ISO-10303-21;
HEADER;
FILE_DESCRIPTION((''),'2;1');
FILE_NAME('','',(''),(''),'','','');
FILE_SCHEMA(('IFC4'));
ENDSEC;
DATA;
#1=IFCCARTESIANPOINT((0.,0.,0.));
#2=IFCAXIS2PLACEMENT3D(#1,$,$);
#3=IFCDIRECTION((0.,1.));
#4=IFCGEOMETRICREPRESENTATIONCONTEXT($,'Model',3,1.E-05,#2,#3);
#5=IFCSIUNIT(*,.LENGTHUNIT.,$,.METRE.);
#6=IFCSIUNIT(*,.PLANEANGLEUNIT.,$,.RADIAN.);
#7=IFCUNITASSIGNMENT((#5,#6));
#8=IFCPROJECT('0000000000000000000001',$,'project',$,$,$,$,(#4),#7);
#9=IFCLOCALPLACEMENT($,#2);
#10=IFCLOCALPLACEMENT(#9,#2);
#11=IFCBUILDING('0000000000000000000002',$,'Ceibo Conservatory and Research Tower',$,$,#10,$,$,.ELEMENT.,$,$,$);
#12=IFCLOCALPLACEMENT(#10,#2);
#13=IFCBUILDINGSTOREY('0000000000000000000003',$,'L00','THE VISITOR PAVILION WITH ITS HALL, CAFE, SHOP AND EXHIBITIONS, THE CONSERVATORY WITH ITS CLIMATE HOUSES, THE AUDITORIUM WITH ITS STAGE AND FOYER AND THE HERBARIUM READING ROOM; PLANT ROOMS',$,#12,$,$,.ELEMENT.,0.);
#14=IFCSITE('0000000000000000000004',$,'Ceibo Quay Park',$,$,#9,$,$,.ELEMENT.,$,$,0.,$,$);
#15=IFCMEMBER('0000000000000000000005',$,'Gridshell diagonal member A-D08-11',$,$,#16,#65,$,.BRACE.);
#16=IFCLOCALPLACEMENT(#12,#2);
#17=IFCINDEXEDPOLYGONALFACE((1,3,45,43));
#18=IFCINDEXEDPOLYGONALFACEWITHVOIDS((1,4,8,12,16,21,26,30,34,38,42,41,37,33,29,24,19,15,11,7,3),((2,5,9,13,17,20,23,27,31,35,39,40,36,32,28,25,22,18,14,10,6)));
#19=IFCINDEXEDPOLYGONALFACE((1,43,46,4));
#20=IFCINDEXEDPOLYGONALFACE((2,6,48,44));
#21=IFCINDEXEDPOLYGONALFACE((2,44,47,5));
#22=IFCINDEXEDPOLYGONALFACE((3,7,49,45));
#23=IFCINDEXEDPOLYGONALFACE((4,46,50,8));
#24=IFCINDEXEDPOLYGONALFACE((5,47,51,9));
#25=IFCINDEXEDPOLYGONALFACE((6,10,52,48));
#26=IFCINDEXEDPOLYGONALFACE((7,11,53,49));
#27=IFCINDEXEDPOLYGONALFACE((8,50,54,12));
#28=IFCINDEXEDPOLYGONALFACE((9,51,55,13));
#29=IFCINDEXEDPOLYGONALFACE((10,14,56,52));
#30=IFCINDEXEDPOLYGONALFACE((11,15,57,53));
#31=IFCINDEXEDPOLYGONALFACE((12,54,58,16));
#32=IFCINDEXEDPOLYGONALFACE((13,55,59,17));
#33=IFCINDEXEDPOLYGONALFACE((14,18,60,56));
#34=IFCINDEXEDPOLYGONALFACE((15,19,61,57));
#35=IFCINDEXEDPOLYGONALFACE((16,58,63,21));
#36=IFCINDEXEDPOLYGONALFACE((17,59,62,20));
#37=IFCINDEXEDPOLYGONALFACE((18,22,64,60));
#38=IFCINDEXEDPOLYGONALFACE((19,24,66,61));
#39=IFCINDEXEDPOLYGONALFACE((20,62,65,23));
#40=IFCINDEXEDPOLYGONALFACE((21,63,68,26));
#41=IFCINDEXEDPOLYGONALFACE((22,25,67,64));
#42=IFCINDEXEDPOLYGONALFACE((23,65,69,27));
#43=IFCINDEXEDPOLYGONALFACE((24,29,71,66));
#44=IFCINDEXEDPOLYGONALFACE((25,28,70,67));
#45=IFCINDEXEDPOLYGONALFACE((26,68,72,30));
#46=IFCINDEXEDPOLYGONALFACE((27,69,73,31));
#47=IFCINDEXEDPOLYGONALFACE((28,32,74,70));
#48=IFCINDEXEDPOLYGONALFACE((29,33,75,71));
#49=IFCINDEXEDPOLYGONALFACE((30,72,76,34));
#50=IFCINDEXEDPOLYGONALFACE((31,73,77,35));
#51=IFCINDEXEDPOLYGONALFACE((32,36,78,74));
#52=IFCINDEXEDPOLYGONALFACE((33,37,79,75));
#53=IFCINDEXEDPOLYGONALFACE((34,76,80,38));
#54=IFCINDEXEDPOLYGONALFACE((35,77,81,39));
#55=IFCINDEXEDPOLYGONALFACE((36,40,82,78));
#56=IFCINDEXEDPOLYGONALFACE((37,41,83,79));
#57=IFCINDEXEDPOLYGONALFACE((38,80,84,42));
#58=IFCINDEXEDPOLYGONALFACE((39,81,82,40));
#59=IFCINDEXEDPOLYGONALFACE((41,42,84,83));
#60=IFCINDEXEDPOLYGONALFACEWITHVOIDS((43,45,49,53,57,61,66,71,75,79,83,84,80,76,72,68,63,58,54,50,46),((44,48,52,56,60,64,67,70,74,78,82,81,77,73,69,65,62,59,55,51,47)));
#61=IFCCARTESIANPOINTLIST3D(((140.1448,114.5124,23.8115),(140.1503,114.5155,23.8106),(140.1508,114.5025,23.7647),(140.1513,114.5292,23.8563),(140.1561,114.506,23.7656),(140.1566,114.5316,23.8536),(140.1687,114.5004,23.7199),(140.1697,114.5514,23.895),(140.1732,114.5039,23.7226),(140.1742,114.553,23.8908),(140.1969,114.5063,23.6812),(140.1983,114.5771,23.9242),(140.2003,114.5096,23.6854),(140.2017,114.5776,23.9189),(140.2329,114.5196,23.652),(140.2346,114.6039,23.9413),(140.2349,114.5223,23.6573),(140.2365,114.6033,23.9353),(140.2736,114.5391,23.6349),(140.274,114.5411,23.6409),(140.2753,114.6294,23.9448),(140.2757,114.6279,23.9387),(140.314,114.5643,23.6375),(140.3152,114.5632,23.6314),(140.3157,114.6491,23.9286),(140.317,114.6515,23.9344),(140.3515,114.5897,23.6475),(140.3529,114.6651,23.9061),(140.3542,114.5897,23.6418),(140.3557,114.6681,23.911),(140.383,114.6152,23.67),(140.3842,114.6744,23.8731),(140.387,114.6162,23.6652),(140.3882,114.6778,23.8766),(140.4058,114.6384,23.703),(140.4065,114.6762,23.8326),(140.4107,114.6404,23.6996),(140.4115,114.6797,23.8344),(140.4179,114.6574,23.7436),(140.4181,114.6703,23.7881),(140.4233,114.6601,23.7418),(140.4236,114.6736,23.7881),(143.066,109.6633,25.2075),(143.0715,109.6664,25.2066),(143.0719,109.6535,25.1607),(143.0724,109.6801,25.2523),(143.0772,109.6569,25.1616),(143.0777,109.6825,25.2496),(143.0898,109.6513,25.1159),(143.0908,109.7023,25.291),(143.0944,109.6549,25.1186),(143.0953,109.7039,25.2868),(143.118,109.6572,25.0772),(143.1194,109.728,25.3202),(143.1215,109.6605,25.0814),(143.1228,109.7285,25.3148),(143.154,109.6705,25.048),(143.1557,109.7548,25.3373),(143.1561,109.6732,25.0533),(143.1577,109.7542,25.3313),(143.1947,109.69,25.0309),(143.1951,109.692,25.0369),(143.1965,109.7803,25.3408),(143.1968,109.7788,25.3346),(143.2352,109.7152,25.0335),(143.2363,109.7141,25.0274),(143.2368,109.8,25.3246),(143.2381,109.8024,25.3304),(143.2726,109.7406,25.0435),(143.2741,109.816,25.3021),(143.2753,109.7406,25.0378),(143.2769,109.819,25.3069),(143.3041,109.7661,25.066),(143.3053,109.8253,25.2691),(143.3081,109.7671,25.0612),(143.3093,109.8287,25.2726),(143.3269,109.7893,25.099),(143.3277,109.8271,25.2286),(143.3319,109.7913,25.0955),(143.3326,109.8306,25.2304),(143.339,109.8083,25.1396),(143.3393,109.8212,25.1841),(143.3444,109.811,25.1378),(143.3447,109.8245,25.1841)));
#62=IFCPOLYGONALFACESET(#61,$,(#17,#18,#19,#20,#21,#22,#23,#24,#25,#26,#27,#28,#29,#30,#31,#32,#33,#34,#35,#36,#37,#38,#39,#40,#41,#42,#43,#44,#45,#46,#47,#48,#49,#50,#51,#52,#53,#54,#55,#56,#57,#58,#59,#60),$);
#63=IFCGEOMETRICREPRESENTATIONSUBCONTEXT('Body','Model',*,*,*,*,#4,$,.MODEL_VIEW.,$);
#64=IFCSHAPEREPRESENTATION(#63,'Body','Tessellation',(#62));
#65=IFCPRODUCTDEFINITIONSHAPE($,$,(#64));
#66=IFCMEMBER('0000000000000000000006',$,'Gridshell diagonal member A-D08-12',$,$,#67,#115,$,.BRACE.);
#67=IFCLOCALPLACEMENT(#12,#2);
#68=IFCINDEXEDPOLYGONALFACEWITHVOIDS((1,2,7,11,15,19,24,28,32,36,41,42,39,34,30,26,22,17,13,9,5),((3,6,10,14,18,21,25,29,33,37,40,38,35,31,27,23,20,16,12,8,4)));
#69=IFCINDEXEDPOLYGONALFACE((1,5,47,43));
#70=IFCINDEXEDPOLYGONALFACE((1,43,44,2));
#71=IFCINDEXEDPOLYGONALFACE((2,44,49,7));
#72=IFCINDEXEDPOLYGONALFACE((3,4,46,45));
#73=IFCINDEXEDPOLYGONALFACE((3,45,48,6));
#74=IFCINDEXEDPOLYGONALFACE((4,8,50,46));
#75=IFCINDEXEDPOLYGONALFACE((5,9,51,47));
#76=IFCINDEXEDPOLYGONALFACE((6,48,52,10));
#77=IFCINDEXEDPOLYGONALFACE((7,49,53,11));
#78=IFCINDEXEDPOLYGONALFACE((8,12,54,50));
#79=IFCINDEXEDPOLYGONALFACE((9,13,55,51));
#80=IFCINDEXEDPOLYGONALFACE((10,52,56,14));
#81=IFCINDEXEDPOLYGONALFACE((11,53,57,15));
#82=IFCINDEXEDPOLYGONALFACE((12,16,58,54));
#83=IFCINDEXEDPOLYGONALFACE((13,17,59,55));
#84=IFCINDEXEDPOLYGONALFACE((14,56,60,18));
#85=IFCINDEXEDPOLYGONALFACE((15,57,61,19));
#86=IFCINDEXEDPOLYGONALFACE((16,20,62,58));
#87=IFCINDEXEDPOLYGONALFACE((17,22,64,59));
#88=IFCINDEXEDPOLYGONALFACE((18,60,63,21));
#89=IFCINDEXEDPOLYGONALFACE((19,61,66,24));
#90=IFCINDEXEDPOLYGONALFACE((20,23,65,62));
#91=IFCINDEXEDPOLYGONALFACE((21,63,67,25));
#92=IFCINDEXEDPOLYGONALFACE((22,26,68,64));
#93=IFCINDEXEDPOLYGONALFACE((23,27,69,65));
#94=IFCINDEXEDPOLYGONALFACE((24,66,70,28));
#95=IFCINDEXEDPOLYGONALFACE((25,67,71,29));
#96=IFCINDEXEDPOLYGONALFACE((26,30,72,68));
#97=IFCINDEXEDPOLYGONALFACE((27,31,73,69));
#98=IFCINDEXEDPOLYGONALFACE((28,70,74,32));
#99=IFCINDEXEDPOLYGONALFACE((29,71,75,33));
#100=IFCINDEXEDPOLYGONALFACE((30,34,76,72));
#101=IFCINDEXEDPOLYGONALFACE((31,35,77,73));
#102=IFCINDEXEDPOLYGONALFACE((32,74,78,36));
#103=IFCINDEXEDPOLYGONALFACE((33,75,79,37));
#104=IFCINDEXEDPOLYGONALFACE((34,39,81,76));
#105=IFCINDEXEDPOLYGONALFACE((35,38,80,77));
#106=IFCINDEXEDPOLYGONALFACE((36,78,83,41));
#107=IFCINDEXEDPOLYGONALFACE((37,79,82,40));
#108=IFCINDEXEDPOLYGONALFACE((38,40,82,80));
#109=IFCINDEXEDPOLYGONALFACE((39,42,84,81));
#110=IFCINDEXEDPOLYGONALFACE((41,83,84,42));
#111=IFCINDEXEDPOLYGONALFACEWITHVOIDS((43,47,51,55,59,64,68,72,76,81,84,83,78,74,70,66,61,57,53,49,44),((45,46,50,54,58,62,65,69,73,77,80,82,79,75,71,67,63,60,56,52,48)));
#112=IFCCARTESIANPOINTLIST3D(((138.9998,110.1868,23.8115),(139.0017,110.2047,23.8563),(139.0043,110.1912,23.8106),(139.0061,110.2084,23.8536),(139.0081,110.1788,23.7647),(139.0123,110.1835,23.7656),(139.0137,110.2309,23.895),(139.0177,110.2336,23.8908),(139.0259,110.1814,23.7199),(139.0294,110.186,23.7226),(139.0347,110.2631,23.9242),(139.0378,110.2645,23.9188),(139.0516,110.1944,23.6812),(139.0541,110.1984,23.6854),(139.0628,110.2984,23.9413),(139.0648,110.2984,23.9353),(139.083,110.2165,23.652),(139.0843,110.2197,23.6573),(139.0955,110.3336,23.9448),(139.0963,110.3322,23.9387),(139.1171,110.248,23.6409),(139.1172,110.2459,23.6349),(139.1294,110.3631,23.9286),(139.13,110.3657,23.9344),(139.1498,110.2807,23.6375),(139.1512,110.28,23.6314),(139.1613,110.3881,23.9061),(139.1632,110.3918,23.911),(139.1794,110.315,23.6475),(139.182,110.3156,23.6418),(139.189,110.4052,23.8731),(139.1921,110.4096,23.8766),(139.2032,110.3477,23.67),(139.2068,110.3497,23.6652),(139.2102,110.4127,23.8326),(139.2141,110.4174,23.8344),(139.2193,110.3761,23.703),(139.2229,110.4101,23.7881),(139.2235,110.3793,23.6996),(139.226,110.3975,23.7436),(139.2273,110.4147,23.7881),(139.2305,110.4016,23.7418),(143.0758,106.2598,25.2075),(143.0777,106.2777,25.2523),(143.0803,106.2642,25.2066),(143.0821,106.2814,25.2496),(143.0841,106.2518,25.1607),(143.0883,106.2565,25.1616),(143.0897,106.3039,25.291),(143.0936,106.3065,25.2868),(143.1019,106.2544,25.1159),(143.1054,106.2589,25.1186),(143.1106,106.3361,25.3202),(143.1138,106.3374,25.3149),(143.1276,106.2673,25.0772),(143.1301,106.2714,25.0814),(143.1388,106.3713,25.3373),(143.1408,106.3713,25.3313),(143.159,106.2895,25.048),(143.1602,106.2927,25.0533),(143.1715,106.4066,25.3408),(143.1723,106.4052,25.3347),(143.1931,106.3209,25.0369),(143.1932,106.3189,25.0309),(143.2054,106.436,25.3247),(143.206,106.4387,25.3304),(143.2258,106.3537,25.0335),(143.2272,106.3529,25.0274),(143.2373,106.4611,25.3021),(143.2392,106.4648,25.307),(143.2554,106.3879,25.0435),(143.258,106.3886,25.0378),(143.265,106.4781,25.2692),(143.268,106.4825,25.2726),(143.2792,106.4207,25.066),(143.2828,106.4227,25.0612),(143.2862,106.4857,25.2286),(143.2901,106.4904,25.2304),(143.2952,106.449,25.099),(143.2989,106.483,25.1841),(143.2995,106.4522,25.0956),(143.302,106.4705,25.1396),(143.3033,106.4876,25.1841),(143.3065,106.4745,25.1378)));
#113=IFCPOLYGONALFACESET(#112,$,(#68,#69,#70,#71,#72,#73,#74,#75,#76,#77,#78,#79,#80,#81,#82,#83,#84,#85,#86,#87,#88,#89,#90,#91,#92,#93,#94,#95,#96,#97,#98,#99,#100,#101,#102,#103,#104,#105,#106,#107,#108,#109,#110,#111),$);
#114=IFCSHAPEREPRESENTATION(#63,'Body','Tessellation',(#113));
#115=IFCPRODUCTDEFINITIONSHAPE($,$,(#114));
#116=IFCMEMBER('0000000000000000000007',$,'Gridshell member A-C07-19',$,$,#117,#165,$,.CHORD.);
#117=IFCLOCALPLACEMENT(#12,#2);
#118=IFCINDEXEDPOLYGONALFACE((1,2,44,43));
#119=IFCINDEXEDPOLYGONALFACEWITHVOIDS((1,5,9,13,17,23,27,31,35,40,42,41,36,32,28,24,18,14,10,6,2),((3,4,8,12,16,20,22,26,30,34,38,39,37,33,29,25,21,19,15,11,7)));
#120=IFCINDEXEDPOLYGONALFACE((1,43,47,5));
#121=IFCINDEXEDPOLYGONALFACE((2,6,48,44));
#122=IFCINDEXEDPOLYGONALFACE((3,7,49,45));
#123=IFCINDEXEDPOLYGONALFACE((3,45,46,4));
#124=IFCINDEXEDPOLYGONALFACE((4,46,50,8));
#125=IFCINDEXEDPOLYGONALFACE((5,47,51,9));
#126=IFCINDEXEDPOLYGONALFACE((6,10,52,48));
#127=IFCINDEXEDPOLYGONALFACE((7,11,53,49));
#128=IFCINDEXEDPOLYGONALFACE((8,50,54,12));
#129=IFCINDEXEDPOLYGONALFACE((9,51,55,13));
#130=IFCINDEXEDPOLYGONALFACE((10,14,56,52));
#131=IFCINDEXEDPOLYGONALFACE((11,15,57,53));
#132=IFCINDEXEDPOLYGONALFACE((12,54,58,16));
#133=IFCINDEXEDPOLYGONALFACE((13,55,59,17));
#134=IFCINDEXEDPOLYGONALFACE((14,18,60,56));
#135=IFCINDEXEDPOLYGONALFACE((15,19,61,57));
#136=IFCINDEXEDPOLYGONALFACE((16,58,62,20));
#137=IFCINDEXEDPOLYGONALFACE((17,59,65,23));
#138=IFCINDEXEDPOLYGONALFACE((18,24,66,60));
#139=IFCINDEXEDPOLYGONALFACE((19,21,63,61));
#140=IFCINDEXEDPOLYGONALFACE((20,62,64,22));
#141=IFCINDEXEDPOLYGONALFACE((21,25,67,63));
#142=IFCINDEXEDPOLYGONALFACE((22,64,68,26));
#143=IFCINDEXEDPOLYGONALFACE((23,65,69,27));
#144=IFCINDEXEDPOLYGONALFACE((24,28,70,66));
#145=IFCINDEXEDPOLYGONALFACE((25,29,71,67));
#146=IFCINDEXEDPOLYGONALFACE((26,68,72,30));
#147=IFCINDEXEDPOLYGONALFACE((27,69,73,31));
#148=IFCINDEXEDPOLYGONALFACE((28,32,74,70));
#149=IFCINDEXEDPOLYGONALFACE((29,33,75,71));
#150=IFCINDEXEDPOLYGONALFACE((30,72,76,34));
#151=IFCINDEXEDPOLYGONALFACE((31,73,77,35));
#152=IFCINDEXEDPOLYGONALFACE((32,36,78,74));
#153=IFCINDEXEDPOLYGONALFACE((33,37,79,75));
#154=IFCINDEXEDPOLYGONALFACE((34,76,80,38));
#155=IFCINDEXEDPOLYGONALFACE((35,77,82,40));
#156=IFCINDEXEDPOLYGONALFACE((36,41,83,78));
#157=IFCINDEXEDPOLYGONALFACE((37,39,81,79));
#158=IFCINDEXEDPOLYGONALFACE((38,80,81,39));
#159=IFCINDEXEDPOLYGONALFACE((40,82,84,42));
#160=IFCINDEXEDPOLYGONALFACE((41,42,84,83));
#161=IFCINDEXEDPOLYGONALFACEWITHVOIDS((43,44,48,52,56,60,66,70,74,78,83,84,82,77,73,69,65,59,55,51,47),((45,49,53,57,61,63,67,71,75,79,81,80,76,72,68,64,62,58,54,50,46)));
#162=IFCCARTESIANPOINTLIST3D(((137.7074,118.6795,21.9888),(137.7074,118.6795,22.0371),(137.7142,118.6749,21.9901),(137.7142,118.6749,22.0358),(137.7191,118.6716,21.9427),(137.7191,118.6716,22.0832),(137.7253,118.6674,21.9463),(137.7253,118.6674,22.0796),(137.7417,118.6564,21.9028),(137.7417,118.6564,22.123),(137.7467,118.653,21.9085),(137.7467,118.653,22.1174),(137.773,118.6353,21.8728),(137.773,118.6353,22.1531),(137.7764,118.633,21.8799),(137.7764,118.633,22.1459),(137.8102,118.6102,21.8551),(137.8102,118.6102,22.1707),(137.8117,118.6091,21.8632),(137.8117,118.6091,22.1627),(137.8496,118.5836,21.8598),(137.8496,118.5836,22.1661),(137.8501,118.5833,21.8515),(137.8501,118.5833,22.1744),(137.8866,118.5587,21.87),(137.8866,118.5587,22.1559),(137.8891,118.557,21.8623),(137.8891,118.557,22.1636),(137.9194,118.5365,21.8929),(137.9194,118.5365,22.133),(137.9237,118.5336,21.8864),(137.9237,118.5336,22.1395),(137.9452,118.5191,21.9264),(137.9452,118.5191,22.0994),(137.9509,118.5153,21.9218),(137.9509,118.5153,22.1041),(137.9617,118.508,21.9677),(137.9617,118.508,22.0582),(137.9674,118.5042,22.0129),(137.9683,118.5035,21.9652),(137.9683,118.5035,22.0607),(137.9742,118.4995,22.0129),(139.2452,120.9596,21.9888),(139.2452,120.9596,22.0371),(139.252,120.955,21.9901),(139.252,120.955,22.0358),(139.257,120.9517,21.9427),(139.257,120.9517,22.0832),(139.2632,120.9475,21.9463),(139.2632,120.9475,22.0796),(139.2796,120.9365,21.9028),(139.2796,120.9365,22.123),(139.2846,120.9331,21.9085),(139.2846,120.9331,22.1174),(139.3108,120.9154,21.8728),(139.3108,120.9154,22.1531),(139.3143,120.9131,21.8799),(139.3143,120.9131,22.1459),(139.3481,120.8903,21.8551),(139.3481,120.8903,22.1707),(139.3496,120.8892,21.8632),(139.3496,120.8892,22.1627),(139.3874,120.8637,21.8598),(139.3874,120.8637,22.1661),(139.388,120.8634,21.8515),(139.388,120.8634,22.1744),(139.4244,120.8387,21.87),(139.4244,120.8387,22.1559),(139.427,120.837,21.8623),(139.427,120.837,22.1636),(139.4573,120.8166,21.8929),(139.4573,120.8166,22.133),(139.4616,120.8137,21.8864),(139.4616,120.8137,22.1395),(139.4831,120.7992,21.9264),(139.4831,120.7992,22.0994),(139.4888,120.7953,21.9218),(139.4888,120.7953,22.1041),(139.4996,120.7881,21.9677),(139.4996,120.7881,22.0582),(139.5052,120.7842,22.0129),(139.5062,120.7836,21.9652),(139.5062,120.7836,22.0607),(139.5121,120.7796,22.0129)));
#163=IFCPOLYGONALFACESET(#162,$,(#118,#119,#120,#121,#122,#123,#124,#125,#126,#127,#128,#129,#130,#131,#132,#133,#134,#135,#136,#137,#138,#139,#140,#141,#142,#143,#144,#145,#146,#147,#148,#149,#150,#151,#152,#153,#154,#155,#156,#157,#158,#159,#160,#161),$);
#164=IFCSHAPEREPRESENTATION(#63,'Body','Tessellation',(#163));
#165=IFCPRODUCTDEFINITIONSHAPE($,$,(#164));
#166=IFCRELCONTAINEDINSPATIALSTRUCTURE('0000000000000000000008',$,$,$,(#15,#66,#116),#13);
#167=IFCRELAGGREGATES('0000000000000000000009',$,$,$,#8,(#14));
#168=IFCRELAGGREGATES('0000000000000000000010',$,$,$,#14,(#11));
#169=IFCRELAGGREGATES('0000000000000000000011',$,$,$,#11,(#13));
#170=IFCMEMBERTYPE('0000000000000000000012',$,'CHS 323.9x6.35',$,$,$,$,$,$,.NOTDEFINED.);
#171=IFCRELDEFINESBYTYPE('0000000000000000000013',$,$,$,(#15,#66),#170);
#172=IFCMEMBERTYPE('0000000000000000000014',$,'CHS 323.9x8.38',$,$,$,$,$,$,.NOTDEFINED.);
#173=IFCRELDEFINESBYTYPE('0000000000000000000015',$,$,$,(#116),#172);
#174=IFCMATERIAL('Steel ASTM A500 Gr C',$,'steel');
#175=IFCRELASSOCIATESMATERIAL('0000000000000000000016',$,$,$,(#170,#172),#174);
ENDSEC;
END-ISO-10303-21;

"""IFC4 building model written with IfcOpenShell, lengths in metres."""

from ifc_helpers import new_model, si_unit, direction, frame, origin, origin_2d, place, context, subcontext, project, spatial, hollow_circle, extrude, material, material_profile, profile_set, type_object, element, save


model = new_model("IFC4")

# Units and contexts
model_context = context("Model", 3, precision=1e-05, world=origin(), true_north=direction((0.0, 1.0)))
body_context = subcontext(model_context, "Body", "Model", "MODEL_VIEW")
ifc_project = project(units=[si_unit("LENGTHUNIT", "METRE"), si_unit("PLANEANGLEUNIT", "RADIAN")], contexts=[model_context])

# Site, building, storey
site_placement = place(None, origin())
site = spatial("IfcSite", under=ifc_project, at=site_placement, Name="Ceibo Quay Park", CompositionType="ELEMENT", RefElevation=0.0)
building_placement = place(site_placement, origin())
building = spatial("IfcBuilding", under=site, at=building_placement, Name="Ceibo Conservatory and Research Tower", CompositionType="ELEMENT")
storey_placement = place(building_placement, origin())
storey = spatial("IfcBuildingStorey", under=building, at=storey_placement, Name="L00", Description="THE VISITOR PAVILION WITH ITS HALL, CAFE, SHOP AND EXHIBITIONS, THE CONSERVATORY WITH ITS CLIMATE HOUSES, THE AUDITORIUM WITH ITS STAGE AND FOYER AND THE HERBARIUM READING ROOM; PLANT ROOMS", CompositionType="ELEMENT", Elevation=0.0)

# Members
ifc_material_1 = material(Name="Steel ASTM A500 Gr C", Category="steel")
ifc_material_profile_1 = material_profile(ifc_material_1, hollow_circle(Radius=0.1619, WallThickness=0.0063, at=origin_2d()), Name="CHS 323.9x6.35")
ifc_profile_set_1 = profile_set([ifc_material_profile_1], Name="Steel ASTM A500 Gr C")
member_type_1 = type_object("IfcMemberType", Name="CHS 323.9x6.35", PredefinedType="NOTDEFINED", material=ifc_profile_set_1)
member_1_placement = place(storey_placement, frame((140.2849, 114.5901, 23.7881), z_axis=(0.501002, -0.831668, 0.239426), x_axis=(0.856582, 0.516011, 0.0)))
element("IfcMember", 1, at=member_1_placement, inside=storey, type_object=member_type_1, Name="Gridshell diagonal member A-D08-11", PredefinedType="BRACE", context=body_context, shape_type="SweptSolid", body=[
    extrude(hollow_circle(Radius=0.1619, WallThickness=0.0063, at=origin_2d()), origin(), (0.0, 0.0, 1.0), 5.8306),
])
member_2_placement = place(storey_placement, frame((139.115, 110.2981, 23.7881), z_axis=(0.699187, -0.67364, 0.23947), x_axis=(0.693828, 0.720141, 0.0)))
element("IfcMember", 2, at=member_2_placement, inside=storey, type_object=member_type_1, Name="Gridshell diagonal member A-D08-12", PredefinedType="BRACE", context=body_context, shape_type="SweptSolid", body=[
    extrude(hollow_circle(Radius=0.1619, WallThickness=0.0063, at=origin_2d()), origin(), (0.0, 0.0, 1.0), 5.8296),
])
ifc_material_profile_2 = material_profile(ifc_material_1, hollow_circle(Radius=0.1619, WallThickness=0.0083, at=origin_2d()), Name="CHS 323.9x8.38")
ifc_profile_set_2 = profile_set([ifc_material_profile_2], Name="Steel ASTM A500 Gr C")
member_type_2 = type_object("IfcMemberType", Name="CHS 323.9x8.38", PredefinedType="NOTDEFINED", material=ifc_profile_set_2)
member_3_placement = place(storey_placement, frame((139.3779, 120.8701, 22.0129), z_axis=(-0.559179, -0.829047, 0.0), x_axis=(0.829047, -0.559179, 0.0)))
element("IfcMember", 3, at=member_3_placement, inside=storey, type_object=member_type_2, Name="Gridshell member A-C07-19", PredefinedType="CHORD", context=body_context, shape_type="SweptSolid", body=[
    extrude(hollow_circle(Radius=0.1619, WallThickness=0.0083, at=origin_2d()), origin(), (0.0, 0.0, 1.0), 2.7502),
])

save(model, "model.ifc")
